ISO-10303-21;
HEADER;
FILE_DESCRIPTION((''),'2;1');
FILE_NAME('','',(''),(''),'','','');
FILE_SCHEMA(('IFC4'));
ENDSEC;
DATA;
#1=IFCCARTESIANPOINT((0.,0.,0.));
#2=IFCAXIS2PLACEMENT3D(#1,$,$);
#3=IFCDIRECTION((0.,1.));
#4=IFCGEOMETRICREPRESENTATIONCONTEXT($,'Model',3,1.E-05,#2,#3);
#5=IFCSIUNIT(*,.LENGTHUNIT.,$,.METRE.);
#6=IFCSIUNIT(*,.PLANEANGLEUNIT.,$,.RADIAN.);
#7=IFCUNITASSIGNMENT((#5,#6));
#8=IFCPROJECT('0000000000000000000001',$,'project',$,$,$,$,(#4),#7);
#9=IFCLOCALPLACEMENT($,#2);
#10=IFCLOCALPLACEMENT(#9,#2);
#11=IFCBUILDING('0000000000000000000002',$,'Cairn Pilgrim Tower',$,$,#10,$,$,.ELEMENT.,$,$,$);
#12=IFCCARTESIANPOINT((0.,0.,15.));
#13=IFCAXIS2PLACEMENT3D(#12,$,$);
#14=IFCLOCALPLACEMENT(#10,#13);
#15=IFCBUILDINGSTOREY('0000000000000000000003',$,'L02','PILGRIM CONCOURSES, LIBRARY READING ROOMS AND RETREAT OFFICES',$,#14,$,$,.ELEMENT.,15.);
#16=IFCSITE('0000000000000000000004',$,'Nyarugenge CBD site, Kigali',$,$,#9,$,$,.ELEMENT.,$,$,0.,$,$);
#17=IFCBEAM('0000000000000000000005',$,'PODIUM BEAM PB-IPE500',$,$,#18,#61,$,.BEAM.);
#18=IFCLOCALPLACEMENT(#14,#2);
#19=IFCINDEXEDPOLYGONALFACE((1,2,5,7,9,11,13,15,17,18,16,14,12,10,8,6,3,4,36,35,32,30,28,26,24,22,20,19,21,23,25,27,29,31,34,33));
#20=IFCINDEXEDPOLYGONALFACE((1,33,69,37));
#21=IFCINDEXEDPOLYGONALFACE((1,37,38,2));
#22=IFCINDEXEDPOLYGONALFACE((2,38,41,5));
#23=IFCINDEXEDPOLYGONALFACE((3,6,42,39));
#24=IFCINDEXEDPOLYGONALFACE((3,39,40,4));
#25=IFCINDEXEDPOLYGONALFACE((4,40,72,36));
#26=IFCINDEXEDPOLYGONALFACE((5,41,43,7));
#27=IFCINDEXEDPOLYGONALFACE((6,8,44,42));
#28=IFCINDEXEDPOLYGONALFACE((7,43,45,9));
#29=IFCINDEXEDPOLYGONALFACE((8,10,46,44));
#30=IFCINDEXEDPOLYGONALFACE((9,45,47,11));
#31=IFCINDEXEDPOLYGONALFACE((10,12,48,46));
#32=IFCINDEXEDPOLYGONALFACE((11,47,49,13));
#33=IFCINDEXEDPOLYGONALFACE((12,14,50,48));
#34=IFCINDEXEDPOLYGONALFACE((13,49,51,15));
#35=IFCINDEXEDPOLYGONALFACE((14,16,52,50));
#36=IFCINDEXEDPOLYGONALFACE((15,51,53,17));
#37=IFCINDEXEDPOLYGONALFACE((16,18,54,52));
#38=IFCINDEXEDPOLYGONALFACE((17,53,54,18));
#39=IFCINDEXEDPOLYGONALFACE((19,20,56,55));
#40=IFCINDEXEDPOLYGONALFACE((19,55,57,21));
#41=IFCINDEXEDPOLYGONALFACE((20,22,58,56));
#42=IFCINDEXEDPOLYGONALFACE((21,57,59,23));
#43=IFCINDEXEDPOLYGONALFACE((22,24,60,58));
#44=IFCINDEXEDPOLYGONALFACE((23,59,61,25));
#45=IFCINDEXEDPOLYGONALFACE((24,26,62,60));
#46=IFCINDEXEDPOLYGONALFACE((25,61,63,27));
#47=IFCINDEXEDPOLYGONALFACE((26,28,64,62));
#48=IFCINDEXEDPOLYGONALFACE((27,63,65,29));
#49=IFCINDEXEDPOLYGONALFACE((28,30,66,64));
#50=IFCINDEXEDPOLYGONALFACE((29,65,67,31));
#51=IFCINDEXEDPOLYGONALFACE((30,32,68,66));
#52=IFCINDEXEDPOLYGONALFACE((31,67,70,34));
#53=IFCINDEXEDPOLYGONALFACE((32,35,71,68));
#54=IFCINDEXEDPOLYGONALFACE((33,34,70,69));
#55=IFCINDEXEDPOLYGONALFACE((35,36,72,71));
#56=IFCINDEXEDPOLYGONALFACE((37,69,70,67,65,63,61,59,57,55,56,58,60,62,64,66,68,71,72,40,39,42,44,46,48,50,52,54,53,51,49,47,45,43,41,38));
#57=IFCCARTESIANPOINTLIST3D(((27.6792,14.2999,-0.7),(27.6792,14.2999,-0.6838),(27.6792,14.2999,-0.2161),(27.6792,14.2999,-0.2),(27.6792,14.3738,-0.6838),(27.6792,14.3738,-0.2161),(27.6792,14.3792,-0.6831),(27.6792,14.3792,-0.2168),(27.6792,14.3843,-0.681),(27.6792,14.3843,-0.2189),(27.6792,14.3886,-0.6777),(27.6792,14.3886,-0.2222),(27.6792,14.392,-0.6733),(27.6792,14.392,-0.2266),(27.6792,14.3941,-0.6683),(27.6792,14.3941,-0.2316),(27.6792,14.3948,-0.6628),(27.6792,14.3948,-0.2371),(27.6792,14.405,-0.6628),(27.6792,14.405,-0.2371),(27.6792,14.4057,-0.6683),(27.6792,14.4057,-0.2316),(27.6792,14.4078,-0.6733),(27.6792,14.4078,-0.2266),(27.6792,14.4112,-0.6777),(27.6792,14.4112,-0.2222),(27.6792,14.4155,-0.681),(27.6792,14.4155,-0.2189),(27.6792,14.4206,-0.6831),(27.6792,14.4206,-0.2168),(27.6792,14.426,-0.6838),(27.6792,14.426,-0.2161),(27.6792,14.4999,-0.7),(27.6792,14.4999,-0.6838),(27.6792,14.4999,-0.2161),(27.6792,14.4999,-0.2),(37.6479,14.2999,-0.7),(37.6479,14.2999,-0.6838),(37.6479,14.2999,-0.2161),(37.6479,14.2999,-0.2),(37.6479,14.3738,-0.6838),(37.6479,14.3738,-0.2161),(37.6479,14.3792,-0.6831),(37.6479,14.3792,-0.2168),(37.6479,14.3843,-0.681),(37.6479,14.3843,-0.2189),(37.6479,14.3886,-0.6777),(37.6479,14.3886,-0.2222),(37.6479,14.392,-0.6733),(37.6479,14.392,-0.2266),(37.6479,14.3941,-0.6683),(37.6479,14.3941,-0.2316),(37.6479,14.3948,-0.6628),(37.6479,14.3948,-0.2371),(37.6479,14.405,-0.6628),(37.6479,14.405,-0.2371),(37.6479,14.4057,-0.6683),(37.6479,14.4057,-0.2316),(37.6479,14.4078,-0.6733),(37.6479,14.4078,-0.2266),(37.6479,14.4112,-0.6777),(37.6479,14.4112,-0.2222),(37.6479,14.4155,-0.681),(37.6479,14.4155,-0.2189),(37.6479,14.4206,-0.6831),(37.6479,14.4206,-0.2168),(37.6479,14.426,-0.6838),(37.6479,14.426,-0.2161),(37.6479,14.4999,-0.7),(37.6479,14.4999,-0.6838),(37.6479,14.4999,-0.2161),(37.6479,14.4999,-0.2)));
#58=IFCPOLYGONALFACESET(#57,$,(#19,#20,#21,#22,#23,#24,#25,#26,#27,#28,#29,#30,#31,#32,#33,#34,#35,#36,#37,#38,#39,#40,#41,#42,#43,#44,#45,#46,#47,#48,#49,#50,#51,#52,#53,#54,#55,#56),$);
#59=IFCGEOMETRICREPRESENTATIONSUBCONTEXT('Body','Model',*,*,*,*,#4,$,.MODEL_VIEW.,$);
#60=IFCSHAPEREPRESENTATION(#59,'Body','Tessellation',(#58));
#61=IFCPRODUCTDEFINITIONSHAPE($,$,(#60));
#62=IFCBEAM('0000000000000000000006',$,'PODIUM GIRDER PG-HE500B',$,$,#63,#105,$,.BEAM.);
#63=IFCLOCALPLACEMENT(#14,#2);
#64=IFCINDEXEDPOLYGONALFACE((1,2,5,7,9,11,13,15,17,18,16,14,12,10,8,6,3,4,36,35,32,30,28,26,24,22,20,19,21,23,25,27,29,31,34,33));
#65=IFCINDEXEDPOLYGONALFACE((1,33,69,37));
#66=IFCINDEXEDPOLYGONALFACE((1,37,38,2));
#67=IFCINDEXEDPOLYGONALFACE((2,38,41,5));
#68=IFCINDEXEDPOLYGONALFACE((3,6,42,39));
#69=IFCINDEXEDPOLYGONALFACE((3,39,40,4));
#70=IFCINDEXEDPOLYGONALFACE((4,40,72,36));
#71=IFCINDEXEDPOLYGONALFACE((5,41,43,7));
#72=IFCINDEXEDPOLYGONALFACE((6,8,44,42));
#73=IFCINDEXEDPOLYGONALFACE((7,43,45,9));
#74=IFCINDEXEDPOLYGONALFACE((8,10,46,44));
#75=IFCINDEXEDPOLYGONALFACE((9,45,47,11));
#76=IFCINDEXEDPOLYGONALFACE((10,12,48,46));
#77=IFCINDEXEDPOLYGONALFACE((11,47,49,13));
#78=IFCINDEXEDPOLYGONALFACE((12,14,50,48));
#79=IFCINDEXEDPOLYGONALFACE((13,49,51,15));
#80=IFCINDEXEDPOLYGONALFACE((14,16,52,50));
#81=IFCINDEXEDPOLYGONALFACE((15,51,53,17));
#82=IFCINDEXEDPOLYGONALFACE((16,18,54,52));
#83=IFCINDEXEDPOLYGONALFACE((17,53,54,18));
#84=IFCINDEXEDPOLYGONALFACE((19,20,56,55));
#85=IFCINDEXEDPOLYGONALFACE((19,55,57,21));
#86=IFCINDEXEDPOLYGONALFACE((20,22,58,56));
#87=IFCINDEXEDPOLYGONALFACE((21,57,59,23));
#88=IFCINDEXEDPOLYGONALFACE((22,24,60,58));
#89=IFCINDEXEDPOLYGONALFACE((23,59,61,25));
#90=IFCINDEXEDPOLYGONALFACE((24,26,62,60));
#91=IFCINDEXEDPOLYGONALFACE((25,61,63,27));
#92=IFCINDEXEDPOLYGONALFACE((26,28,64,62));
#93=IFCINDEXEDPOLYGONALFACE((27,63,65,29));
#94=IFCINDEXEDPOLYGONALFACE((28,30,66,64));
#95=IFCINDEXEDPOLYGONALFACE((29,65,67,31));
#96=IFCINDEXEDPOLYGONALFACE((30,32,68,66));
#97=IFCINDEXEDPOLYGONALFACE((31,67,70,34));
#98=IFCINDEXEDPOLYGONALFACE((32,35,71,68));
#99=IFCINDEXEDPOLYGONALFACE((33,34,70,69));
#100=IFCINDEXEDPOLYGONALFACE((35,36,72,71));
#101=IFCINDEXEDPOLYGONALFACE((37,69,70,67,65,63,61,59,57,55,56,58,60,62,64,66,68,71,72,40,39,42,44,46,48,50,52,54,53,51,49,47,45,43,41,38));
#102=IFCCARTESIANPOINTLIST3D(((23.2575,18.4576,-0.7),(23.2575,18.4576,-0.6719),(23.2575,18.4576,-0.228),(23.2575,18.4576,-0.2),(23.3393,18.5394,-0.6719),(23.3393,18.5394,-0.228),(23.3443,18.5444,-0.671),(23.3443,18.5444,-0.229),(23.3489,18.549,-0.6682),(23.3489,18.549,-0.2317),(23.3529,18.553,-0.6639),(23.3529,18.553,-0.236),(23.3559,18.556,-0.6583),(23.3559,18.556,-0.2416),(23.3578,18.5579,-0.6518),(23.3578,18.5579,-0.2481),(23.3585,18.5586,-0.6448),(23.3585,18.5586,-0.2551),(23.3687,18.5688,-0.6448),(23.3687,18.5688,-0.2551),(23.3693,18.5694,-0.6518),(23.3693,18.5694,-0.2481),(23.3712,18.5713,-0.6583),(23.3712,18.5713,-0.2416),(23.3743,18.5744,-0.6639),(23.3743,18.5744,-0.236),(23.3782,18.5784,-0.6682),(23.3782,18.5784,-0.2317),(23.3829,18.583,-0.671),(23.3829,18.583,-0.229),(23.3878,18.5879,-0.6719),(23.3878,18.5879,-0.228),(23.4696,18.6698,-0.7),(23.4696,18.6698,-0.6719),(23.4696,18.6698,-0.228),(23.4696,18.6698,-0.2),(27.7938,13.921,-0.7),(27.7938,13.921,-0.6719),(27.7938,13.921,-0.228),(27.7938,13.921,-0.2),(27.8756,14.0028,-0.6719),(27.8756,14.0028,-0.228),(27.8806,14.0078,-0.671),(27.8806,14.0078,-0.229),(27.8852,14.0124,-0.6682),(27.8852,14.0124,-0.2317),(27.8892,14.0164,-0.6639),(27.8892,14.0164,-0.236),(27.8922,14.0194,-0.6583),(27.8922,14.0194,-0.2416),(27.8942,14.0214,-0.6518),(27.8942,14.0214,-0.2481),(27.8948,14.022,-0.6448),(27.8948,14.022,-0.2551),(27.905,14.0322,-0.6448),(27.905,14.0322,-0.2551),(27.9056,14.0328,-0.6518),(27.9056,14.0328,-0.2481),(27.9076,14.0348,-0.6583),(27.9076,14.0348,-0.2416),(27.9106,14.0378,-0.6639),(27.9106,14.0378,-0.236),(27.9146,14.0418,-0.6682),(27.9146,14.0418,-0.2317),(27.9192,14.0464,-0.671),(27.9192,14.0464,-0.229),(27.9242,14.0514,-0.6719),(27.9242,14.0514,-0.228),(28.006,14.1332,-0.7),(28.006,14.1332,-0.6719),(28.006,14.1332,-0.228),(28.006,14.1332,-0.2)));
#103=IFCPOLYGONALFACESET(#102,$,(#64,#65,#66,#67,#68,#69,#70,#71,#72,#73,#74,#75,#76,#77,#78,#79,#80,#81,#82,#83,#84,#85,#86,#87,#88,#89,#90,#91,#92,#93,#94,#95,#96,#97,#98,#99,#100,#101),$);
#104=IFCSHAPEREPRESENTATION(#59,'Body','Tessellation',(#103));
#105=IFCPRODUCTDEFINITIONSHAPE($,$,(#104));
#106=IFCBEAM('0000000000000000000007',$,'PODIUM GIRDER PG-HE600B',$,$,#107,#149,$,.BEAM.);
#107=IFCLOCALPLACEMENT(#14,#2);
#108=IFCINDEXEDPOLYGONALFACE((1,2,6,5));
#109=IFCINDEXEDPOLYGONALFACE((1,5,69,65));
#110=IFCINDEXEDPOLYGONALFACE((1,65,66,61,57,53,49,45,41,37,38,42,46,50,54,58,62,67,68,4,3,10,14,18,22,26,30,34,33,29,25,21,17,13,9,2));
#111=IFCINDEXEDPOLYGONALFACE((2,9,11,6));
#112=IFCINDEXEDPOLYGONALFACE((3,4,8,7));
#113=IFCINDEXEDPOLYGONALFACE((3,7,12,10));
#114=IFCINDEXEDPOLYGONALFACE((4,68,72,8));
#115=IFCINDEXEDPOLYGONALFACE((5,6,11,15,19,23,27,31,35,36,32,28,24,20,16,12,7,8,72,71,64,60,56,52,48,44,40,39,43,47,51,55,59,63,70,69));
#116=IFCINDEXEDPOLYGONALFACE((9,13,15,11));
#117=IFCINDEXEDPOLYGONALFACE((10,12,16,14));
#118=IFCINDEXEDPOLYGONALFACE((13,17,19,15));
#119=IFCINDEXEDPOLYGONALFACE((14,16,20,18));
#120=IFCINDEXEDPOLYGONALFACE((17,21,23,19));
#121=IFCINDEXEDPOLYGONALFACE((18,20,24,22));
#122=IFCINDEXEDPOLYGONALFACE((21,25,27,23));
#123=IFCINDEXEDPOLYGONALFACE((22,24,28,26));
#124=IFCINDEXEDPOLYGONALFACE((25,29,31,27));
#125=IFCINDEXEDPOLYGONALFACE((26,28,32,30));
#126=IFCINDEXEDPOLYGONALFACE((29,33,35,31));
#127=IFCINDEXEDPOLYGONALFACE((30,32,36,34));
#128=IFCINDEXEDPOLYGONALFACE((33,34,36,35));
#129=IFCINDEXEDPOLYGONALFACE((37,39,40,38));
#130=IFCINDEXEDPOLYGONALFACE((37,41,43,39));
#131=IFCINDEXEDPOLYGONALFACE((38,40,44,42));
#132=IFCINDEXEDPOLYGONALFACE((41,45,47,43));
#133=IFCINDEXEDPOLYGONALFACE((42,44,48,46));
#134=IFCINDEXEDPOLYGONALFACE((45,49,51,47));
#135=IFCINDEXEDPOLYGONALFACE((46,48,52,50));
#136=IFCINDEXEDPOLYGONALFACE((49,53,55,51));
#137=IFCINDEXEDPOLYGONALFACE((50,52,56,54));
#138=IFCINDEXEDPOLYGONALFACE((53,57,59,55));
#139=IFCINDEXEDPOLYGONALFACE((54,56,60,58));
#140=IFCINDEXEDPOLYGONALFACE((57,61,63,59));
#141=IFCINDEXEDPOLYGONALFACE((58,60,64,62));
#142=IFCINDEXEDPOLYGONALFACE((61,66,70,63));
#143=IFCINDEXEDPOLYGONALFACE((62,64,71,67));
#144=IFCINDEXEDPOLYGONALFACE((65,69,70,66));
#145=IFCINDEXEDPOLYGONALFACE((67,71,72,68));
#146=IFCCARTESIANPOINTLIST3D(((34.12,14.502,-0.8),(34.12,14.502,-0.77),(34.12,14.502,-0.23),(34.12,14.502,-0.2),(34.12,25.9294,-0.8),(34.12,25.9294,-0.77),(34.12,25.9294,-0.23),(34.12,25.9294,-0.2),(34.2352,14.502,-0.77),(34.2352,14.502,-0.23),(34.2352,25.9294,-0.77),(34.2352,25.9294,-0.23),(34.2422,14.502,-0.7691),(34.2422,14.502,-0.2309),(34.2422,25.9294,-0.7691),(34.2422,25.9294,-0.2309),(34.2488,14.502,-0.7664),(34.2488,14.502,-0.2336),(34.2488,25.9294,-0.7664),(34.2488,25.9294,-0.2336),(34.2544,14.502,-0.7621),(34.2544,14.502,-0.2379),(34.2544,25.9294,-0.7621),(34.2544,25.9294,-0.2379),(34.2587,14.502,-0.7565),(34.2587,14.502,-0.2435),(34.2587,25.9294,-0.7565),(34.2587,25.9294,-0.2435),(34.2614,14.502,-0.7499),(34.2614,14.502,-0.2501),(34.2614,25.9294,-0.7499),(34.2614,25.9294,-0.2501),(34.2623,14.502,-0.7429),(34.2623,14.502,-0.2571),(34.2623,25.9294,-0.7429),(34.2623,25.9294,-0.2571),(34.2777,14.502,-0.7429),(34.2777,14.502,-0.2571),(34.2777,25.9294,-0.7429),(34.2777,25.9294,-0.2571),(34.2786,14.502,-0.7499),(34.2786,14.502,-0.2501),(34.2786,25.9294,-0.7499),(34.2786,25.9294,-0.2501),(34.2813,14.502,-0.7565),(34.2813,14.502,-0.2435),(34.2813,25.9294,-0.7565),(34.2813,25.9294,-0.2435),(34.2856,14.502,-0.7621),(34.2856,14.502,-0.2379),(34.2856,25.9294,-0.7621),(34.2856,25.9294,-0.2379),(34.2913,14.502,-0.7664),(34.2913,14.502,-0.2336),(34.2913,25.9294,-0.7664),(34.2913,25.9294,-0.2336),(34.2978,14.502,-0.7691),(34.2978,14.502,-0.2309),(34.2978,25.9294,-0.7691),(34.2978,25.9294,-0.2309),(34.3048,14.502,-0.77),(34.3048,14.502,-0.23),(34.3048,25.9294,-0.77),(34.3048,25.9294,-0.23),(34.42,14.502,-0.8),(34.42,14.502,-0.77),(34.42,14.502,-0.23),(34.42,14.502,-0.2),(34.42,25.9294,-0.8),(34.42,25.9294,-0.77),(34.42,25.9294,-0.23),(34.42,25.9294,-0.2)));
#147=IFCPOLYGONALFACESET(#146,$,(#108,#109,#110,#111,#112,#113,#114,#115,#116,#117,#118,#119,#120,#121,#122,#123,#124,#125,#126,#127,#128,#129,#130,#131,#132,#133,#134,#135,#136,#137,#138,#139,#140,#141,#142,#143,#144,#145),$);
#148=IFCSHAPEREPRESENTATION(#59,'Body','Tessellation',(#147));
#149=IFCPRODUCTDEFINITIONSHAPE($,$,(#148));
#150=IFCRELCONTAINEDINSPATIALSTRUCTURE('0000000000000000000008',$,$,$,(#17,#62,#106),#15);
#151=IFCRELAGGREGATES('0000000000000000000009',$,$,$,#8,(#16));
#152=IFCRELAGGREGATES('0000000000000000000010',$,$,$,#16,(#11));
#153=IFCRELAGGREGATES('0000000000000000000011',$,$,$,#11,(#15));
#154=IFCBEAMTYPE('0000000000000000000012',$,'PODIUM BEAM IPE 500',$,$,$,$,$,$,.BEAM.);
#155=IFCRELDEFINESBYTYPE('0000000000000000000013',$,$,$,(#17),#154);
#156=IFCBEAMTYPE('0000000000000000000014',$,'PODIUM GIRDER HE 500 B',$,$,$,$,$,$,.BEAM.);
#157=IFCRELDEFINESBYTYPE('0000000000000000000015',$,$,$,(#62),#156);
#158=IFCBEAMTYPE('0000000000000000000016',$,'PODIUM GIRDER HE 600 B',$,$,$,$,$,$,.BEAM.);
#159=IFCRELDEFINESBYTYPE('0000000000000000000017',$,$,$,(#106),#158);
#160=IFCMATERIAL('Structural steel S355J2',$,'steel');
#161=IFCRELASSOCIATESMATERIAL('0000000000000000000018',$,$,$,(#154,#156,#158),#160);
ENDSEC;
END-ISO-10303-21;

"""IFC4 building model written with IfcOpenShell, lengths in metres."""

from ifc_helpers import new_model, si_unit, direction, frame, origin, origin_2d, place, context, subcontext, project, spatial, i_section, extrude, material, material_profile, profile_set, type_object, element, save


model = new_model("IFC4")

# Units and contexts
model_context = context("Model", 3, precision=1e-05, world=origin(), true_north=direction((0.0, 1.0)))
body_context = subcontext(model_context, "Body", "Model", "MODEL_VIEW")
ifc_project = project(units=[si_unit("LENGTHUNIT", "METRE"), si_unit("PLANEANGLEUNIT", "RADIAN")], contexts=[model_context])

# Site, building, storey
site_placement = place(None, origin())
site = spatial("IfcSite", under=ifc_project, at=site_placement, Name="Nyarugenge CBD site, Kigali", CompositionType="ELEMENT", RefElevation=0.0)
building_placement = place(site_placement, origin())
building = spatial("IfcBuilding", under=site, at=building_placement, Name="Cairn Pilgrim Tower", CompositionType="ELEMENT")
storey_placement = place(building_placement, frame((0.0, 0.0, 15.0)))
storey = spatial("IfcBuildingStorey", under=building, at=storey_placement, Name="L02", Description="PILGRIM CONCOURSES, LIBRARY READING ROOMS AND RETREAT OFFICES", CompositionType="ELEMENT", Elevation=15.0)

# Shared definitions
ifc_material_1 = material(Name="Structural steel S355J2", Category="steel")

# Beams
ifc_material_profile_1 = material_profile(ifc_material_1, i_section(OverallWidth=0.2, OverallDepth=0.5, WebThickness=0.0103, FlangeThickness=0.0161, FilletRadius=0.021, at=origin_2d()), Name="IPE 500")
ifc_profile_set_1 = profile_set([ifc_material_profile_1], Name="Structural steel S355J2")
beam_type_1 = type_object("IfcBeamType", Name="PODIUM BEAM IPE 500", PredefinedType="BEAM", material=ifc_profile_set_1)
beam_1_placement = place(storey_placement, frame((27.6792, 14.3999, -0.45), z_axis=(1.0, 0.0, 0.0), x_axis=(0.0, 1.0, 0.0)))
element("IfcBeam", 1, at=beam_1_placement, inside=storey, type_object=beam_type_1, Name="PODIUM BEAM PB-IPE500", PredefinedType="BEAM", context=body_context, shape_type="SweptSolid", body=[
    extrude(i_section(OverallWidth=0.2, OverallDepth=0.5, WebThickness=0.0103, FlangeThickness=0.0161, FilletRadius=0.021, at=origin_2d()), origin(), (0.0, 0.0, 1.0), 9.9688),
])
ifc_material_profile_2 = material_profile(ifc_material_1, i_section(OverallWidth=0.3, OverallDepth=0.5, WebThickness=0.0144, FlangeThickness=0.0281, FilletRadius=0.0271, at=origin_2d()), Name="HEB 500")
ifc_profile_set_2 = profile_set([ifc_material_profile_2], Name="Structural steel S355J2")
beam_type_2 = type_object("IfcBeamType", Name="PODIUM GIRDER HE 500 B", PredefinedType="BEAM", material=ifc_profile_set_2)
beam_2_placement = place(storey_placement, frame((27.8999, 14.0271, -0.45), z_axis=(-0.707088, 0.707126, 0.0), x_axis=(-0.707126, -0.707088, 0.0)))
element("IfcBeam", 2, at=beam_2_placement, inside=storey, type_object=beam_type_2, Name="PODIUM GIRDER PG-HE500B", PredefinedType="BEAM", context=body_context, shape_type="SweptSolid", body=[
    extrude(i_section(OverallWidth=0.3, OverallDepth=0.5, WebThickness=0.0144, FlangeThickness=0.0281, FilletRadius=0.0271, at=origin_2d()), origin(), (0.0, 0.0, 1.0), 6.4155),
])
ifc_material_profile_3 = material_profile(ifc_material_1, i_section(OverallWidth=0.3, OverallDepth=0.6001, WebThickness=0.0154, FlangeThickness=0.03, FilletRadius=0.0271, at=origin_2d()), Name="HEB 600")
ifc_profile_set_3 = profile_set([ifc_material_profile_3], Name="Structural steel S355J2")
beam_type_3 = type_object("IfcBeamType", Name="PODIUM GIRDER HE 600 B", PredefinedType="BEAM", material=ifc_profile_set_3)
beam_3_placement = place(storey_placement, frame((34.27, 14.502, -0.5), z_axis=(0.0, 1.0, 0.0), x_axis=(-1.0, 0.0, 0.0)))
element("IfcBeam", 3, at=beam_3_placement, inside=storey, type_object=beam_type_3, Name="PODIUM GIRDER PG-HE600B", PredefinedType="BEAM", context=body_context, shape_type="SweptSolid", body=[
    extrude(i_section(OverallWidth=0.3, OverallDepth=0.6001, WebThickness=0.0154, FlangeThickness=0.03, FilletRadius=0.0271, at=origin_2d()), origin(), (0.0, 0.0, 1.0), 11.4275),
])

save(model, "model.ifc")
